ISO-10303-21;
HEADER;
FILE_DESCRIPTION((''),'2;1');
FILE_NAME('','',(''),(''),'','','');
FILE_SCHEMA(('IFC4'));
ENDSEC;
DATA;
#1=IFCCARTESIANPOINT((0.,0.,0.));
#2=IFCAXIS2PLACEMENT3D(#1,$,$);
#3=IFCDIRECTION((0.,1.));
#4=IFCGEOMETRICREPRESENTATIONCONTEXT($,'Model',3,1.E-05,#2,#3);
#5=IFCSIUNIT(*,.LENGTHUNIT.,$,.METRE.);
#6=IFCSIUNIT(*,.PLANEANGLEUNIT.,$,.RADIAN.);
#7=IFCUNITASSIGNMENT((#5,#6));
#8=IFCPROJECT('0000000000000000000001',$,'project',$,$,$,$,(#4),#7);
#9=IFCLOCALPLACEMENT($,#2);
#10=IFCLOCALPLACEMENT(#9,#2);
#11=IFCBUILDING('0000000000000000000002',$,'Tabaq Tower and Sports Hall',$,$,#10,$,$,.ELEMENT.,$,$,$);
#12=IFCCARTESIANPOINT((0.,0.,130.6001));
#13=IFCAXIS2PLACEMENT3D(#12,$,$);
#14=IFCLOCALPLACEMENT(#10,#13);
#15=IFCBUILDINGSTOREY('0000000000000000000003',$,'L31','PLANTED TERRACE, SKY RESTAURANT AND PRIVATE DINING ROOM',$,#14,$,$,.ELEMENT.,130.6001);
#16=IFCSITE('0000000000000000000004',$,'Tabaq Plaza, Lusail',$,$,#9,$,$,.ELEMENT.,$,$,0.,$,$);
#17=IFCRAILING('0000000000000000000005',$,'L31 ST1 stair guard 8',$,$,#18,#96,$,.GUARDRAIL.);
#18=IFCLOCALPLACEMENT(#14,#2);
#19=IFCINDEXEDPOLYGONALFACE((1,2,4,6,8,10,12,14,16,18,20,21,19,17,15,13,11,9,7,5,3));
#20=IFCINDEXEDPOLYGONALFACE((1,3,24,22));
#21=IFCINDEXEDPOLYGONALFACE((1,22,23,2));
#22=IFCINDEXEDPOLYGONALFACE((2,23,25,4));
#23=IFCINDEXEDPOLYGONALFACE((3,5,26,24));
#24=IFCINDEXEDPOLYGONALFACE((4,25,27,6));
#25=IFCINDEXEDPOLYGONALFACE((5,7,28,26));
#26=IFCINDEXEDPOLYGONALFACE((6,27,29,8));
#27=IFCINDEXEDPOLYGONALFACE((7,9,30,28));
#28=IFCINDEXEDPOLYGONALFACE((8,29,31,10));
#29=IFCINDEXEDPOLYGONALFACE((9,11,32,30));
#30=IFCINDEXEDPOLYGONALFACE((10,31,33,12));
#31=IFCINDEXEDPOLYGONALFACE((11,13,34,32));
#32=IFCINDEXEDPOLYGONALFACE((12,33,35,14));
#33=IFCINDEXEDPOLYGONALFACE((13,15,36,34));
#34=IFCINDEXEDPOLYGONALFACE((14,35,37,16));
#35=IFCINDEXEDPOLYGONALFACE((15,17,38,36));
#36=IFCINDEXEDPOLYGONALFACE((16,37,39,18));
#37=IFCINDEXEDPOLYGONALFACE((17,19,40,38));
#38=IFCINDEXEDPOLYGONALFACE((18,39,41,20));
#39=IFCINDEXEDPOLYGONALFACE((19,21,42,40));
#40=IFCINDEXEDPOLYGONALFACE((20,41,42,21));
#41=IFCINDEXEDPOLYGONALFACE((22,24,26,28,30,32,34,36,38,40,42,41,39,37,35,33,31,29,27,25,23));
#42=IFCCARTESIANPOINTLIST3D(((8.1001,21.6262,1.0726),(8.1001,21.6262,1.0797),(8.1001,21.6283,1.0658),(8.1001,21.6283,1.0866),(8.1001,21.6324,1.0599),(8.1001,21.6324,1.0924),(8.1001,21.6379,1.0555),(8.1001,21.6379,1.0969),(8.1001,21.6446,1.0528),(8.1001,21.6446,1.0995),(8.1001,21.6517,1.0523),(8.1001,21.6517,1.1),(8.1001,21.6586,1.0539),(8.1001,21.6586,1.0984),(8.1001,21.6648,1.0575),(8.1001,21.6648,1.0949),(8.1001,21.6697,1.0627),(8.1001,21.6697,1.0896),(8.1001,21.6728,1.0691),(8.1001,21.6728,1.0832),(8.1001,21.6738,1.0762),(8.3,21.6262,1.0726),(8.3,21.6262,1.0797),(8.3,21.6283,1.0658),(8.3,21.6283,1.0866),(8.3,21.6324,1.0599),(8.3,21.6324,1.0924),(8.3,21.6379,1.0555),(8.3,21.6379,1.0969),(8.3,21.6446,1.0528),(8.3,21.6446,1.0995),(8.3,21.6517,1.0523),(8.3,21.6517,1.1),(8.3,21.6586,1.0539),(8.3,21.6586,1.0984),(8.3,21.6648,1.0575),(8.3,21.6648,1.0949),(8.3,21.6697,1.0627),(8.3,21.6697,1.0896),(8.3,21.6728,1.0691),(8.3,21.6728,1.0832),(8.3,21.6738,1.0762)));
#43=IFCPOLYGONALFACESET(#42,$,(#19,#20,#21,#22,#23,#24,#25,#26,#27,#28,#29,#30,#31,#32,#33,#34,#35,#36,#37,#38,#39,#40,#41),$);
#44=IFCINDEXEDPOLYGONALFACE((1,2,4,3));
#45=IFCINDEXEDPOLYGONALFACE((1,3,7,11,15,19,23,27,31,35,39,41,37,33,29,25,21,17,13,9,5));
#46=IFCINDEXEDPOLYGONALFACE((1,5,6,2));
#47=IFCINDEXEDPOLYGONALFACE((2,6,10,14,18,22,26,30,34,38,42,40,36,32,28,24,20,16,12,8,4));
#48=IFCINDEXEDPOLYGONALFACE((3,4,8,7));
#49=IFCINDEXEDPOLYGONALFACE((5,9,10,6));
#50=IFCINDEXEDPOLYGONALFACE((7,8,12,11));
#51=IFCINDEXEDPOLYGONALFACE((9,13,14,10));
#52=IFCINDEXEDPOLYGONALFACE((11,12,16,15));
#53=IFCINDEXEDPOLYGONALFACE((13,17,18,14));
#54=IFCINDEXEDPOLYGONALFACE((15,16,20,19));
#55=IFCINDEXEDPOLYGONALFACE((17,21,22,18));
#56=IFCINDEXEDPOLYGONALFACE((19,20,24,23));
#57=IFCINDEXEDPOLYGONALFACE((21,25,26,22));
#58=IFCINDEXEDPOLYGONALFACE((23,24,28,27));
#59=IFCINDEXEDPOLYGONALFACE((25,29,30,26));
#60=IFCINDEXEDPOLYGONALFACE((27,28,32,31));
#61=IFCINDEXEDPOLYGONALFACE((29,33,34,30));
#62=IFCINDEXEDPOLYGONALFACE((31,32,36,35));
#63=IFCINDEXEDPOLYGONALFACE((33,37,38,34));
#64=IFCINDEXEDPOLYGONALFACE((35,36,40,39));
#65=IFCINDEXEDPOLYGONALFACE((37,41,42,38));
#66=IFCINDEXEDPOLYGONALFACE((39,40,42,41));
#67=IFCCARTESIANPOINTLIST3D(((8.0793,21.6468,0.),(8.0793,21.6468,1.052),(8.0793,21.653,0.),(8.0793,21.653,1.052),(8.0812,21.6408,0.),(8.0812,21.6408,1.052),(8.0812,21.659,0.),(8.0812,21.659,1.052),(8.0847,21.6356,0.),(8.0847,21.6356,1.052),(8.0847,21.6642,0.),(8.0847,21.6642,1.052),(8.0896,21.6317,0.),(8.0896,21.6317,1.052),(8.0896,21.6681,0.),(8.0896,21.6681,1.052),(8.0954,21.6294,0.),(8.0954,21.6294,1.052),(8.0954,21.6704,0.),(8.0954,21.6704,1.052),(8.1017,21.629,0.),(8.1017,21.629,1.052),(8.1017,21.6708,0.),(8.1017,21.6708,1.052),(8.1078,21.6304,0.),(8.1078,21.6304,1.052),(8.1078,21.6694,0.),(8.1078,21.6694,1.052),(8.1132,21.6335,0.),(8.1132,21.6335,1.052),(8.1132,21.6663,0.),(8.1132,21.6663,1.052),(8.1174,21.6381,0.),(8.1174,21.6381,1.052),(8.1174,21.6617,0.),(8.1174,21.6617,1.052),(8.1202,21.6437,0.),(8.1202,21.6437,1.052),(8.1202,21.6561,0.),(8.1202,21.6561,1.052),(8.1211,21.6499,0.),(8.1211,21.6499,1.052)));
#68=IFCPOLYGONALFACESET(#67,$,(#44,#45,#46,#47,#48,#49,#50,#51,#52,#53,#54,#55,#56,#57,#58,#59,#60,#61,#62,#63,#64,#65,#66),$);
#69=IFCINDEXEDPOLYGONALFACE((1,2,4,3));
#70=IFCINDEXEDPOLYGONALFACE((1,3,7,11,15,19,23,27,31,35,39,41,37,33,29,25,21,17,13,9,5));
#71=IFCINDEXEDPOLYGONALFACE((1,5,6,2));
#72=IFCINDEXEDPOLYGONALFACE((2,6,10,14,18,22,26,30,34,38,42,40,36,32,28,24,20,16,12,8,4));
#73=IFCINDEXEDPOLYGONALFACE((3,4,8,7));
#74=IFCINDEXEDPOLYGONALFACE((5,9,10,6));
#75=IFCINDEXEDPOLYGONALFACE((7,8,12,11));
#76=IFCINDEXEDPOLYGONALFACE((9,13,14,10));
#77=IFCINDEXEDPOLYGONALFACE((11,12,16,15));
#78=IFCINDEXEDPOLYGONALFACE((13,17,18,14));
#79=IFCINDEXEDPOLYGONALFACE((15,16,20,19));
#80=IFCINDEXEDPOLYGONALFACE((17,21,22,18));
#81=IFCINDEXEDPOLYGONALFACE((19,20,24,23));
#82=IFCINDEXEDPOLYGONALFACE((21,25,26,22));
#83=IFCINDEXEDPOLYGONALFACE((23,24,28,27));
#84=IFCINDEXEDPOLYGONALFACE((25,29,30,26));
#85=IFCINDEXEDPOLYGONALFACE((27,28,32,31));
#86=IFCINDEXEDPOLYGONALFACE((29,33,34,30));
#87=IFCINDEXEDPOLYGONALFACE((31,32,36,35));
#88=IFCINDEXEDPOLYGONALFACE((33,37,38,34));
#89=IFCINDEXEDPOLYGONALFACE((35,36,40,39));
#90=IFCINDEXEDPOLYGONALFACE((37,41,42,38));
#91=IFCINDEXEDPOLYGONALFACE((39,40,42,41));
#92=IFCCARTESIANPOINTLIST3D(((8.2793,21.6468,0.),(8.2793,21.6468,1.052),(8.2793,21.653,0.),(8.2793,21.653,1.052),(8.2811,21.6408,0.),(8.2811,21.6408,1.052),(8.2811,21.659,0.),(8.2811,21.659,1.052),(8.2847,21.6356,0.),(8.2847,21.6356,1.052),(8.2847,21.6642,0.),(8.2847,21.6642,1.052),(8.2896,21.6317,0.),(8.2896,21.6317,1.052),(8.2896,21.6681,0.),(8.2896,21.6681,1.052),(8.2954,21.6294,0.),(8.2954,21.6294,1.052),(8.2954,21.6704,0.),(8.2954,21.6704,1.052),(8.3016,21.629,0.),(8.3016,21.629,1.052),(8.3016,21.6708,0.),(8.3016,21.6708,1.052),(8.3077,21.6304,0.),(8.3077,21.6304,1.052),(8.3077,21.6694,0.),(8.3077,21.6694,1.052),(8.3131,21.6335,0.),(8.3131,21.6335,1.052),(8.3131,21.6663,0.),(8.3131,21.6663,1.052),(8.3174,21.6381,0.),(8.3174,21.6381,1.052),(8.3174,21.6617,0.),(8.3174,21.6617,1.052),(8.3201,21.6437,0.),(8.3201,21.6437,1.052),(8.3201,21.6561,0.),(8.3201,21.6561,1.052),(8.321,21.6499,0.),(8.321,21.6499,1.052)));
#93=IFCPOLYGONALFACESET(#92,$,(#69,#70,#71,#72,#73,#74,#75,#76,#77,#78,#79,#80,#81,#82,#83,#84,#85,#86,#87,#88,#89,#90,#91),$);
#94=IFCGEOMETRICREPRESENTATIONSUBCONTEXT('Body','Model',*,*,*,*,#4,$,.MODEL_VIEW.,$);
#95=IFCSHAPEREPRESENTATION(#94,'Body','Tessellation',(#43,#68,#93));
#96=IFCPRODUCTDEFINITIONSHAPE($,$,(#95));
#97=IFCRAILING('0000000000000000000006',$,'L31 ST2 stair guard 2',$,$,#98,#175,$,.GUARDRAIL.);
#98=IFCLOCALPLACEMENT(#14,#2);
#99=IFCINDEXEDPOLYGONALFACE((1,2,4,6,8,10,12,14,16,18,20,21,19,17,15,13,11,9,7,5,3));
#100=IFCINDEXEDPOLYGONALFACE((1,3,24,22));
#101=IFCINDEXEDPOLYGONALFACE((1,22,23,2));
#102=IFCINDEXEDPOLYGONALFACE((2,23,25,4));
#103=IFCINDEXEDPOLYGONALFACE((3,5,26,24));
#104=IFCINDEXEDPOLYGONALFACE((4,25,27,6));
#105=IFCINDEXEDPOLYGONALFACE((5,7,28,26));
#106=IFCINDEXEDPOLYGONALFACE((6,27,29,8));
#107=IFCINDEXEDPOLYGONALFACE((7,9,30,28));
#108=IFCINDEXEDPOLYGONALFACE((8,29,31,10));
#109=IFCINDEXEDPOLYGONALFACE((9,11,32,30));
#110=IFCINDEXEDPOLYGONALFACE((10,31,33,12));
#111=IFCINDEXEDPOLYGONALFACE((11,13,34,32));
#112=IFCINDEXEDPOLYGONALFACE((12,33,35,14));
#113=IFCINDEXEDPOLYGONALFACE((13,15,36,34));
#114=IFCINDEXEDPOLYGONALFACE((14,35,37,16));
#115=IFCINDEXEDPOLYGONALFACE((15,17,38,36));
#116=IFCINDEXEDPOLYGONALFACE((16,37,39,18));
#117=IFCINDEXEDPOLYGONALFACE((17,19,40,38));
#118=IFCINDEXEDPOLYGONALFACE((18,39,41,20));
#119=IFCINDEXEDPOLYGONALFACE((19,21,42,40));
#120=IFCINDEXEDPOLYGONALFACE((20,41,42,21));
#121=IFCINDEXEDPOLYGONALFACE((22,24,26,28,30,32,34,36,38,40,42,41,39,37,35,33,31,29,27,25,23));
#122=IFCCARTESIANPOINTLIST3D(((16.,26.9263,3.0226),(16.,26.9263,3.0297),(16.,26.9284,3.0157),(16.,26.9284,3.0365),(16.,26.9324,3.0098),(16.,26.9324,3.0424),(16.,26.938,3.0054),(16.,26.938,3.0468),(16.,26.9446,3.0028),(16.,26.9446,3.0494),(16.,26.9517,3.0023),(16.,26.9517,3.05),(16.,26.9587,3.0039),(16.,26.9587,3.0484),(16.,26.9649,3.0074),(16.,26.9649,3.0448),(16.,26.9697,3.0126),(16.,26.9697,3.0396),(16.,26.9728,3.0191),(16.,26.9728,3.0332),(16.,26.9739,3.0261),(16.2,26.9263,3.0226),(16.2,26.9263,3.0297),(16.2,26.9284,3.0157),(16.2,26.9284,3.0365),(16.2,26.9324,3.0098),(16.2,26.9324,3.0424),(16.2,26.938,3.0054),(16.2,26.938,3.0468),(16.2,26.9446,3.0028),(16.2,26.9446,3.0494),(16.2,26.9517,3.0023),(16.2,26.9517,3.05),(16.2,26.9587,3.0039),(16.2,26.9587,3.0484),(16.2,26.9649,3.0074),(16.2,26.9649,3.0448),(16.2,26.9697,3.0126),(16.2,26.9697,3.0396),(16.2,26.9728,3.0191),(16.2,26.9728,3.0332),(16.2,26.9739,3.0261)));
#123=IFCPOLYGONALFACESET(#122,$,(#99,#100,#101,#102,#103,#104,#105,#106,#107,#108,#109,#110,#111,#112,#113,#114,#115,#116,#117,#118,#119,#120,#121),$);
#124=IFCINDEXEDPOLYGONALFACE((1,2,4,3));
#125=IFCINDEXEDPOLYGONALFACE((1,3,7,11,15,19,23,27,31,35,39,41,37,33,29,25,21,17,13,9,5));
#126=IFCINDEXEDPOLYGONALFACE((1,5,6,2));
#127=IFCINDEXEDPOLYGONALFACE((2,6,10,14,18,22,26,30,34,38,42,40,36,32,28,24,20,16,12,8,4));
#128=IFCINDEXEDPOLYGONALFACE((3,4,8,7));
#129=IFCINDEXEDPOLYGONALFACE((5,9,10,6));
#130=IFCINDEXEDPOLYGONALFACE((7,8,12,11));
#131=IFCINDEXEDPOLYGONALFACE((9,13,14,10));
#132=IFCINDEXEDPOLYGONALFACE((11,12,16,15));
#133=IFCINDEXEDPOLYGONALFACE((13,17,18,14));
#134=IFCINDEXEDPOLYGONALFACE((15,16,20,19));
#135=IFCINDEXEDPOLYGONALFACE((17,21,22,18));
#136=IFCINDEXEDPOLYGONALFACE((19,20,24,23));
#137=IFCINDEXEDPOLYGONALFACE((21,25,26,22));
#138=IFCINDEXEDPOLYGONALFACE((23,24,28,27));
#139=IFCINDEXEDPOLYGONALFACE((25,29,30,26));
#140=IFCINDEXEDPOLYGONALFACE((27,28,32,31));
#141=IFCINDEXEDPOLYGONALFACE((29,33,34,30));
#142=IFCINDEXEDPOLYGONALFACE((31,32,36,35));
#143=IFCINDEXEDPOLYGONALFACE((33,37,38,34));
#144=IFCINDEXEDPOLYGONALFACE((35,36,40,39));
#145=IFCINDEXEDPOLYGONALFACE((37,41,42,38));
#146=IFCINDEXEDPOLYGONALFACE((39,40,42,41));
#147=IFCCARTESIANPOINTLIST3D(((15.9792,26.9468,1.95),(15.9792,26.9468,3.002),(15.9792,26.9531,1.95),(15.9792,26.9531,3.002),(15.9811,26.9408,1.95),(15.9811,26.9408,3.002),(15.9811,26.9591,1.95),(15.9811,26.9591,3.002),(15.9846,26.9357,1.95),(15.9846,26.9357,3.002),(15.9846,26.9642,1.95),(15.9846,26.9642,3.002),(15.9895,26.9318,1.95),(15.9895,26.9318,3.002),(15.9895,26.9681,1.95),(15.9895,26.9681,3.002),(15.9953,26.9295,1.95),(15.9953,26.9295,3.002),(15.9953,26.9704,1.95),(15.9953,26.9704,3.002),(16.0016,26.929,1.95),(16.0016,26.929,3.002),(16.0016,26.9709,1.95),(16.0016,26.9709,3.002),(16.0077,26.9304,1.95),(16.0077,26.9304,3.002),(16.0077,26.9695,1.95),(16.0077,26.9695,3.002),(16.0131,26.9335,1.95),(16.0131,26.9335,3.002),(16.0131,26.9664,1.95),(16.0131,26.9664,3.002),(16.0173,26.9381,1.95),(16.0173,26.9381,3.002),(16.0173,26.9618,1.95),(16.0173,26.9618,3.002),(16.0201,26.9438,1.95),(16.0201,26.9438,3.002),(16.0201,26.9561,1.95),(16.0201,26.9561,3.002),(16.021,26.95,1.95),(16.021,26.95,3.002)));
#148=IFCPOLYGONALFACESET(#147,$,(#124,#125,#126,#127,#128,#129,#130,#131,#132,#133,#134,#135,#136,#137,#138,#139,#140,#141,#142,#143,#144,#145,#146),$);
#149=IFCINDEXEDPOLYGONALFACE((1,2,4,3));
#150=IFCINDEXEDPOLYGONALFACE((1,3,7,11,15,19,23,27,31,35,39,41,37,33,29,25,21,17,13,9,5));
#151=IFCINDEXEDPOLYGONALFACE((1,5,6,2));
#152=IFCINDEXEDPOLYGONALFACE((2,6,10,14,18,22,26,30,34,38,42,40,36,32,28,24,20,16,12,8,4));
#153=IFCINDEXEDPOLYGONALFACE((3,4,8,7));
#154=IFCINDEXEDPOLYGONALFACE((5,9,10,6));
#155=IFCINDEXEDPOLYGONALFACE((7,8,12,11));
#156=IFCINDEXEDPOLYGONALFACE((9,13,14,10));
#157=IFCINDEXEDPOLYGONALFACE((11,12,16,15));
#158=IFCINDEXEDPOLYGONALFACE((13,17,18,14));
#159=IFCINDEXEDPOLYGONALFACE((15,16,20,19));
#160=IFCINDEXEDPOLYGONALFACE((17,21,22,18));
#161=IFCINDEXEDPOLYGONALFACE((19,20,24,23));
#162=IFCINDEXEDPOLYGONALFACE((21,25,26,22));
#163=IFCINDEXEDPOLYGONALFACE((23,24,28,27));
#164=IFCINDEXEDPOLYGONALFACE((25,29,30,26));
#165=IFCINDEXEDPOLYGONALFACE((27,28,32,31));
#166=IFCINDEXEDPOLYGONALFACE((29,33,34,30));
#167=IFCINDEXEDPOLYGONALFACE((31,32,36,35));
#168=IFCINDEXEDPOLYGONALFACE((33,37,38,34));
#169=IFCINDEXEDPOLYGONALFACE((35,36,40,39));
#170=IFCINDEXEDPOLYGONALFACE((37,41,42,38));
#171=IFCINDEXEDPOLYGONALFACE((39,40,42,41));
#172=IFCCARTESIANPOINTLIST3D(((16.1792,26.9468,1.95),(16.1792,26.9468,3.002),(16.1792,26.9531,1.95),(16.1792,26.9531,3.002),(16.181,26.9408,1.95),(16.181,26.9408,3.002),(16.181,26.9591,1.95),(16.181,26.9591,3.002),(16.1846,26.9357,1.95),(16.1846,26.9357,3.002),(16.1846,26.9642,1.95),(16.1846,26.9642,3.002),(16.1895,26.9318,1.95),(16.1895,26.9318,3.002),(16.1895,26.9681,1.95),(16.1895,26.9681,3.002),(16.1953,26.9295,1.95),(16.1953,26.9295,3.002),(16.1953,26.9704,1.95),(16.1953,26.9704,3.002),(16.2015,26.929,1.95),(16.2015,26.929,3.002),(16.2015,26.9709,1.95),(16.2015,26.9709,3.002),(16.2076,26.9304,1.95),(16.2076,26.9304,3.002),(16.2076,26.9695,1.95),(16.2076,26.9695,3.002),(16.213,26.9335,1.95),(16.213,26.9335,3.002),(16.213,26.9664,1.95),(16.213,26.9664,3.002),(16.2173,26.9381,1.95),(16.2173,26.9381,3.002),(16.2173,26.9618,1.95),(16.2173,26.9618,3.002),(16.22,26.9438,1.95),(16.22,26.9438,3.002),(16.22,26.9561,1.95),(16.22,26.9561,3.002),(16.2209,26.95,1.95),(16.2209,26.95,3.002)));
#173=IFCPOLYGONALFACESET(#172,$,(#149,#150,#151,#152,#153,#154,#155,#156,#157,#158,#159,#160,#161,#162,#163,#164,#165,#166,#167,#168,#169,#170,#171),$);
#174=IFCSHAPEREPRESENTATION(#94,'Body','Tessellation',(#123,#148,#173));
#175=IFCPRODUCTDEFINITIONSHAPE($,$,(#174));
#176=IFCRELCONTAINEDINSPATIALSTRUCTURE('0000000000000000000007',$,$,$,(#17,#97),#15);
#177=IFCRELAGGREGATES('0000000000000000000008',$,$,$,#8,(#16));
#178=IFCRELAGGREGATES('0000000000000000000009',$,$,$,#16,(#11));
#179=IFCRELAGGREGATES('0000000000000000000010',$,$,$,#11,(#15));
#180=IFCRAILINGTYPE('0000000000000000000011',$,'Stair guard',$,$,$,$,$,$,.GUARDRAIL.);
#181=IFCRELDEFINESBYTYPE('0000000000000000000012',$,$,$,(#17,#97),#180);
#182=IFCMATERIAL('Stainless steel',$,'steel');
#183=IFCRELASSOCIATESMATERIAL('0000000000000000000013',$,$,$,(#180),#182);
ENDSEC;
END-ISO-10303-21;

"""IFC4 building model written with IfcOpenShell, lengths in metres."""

from ifc_helpers import new_model, si_unit, direction, frame, origin, origin_2d, place, context, subcontext, project, spatial, circle, extrude, material, type_object, element, save


model = new_model("IFC4")

# Units and contexts
model_context = context("Model", 3, precision=1e-05, world=origin(), true_north=direction((0.0, 1.0)))
body_context = subcontext(model_context, "Body", "Model", "MODEL_VIEW")
ifc_project = project(units=[si_unit("LENGTHUNIT", "METRE"), si_unit("PLANEANGLEUNIT", "RADIAN")], contexts=[model_context])

# Site, building, storey
site_placement = place(None, origin())
site = spatial("IfcSite", under=ifc_project, at=site_placement, Name="Tabaq Plaza, Lusail", CompositionType="ELEMENT", RefElevation=0.0)
building_placement = place(site_placement, origin())
building = spatial("IfcBuilding", under=site, at=building_placement, Name="Tabaq Tower and Sports Hall", CompositionType="ELEMENT")
storey_placement = place(building_placement, frame((0.0, 0.0, 130.6001)))
storey = spatial("IfcBuildingStorey", under=building, at=storey_placement, Name="L31", Description="PLANTED TERRACE, SKY RESTAURANT AND PRIVATE DINING ROOM", CompositionType="ELEMENT", Elevation=130.6001)

# Railings
ifc_material_1 = material(Name="Stainless steel", Category="steel")
railing_type = type_object("IfcRailingType", Name="Stair guard", PredefinedType="GUARDRAIL", material=ifc_material_1)
for number, where, name in (
    (1, (8.1001, 21.6499, 0.0), "L31 ST1 stair guard 8"),
    (2, (16.0, 26.95, 1.95), "L31 ST2 stair guard 2"),
):
    element("IfcRailing", number, at=place(storey_placement, frame(where)), inside=storey, type_object=railing_type, Name=name, PredefinedType="GUARDRAIL", context=body_context, shape_type="SweptSolid", body=[
        extrude(circle(Radius=0.0239, at=origin_2d()), frame((0.0, 0.0, 1.0762), z_axis=(1.0, 0.0, 0.0), x_axis=(0.0, 1.0, 0.0)), (0.0, 0.0, 1.0), 0.2),
        extrude(circle(Radius=0.021, at=origin_2d()), origin(), (0.0, 0.0, 1.0), 1.052),
        extrude(circle(Radius=0.021, at=origin_2d()), frame((0.2, 0.0, 0.0)), (0.0, 0.0, 1.0), 1.052),
    ])

save(model, "model.ifc")
